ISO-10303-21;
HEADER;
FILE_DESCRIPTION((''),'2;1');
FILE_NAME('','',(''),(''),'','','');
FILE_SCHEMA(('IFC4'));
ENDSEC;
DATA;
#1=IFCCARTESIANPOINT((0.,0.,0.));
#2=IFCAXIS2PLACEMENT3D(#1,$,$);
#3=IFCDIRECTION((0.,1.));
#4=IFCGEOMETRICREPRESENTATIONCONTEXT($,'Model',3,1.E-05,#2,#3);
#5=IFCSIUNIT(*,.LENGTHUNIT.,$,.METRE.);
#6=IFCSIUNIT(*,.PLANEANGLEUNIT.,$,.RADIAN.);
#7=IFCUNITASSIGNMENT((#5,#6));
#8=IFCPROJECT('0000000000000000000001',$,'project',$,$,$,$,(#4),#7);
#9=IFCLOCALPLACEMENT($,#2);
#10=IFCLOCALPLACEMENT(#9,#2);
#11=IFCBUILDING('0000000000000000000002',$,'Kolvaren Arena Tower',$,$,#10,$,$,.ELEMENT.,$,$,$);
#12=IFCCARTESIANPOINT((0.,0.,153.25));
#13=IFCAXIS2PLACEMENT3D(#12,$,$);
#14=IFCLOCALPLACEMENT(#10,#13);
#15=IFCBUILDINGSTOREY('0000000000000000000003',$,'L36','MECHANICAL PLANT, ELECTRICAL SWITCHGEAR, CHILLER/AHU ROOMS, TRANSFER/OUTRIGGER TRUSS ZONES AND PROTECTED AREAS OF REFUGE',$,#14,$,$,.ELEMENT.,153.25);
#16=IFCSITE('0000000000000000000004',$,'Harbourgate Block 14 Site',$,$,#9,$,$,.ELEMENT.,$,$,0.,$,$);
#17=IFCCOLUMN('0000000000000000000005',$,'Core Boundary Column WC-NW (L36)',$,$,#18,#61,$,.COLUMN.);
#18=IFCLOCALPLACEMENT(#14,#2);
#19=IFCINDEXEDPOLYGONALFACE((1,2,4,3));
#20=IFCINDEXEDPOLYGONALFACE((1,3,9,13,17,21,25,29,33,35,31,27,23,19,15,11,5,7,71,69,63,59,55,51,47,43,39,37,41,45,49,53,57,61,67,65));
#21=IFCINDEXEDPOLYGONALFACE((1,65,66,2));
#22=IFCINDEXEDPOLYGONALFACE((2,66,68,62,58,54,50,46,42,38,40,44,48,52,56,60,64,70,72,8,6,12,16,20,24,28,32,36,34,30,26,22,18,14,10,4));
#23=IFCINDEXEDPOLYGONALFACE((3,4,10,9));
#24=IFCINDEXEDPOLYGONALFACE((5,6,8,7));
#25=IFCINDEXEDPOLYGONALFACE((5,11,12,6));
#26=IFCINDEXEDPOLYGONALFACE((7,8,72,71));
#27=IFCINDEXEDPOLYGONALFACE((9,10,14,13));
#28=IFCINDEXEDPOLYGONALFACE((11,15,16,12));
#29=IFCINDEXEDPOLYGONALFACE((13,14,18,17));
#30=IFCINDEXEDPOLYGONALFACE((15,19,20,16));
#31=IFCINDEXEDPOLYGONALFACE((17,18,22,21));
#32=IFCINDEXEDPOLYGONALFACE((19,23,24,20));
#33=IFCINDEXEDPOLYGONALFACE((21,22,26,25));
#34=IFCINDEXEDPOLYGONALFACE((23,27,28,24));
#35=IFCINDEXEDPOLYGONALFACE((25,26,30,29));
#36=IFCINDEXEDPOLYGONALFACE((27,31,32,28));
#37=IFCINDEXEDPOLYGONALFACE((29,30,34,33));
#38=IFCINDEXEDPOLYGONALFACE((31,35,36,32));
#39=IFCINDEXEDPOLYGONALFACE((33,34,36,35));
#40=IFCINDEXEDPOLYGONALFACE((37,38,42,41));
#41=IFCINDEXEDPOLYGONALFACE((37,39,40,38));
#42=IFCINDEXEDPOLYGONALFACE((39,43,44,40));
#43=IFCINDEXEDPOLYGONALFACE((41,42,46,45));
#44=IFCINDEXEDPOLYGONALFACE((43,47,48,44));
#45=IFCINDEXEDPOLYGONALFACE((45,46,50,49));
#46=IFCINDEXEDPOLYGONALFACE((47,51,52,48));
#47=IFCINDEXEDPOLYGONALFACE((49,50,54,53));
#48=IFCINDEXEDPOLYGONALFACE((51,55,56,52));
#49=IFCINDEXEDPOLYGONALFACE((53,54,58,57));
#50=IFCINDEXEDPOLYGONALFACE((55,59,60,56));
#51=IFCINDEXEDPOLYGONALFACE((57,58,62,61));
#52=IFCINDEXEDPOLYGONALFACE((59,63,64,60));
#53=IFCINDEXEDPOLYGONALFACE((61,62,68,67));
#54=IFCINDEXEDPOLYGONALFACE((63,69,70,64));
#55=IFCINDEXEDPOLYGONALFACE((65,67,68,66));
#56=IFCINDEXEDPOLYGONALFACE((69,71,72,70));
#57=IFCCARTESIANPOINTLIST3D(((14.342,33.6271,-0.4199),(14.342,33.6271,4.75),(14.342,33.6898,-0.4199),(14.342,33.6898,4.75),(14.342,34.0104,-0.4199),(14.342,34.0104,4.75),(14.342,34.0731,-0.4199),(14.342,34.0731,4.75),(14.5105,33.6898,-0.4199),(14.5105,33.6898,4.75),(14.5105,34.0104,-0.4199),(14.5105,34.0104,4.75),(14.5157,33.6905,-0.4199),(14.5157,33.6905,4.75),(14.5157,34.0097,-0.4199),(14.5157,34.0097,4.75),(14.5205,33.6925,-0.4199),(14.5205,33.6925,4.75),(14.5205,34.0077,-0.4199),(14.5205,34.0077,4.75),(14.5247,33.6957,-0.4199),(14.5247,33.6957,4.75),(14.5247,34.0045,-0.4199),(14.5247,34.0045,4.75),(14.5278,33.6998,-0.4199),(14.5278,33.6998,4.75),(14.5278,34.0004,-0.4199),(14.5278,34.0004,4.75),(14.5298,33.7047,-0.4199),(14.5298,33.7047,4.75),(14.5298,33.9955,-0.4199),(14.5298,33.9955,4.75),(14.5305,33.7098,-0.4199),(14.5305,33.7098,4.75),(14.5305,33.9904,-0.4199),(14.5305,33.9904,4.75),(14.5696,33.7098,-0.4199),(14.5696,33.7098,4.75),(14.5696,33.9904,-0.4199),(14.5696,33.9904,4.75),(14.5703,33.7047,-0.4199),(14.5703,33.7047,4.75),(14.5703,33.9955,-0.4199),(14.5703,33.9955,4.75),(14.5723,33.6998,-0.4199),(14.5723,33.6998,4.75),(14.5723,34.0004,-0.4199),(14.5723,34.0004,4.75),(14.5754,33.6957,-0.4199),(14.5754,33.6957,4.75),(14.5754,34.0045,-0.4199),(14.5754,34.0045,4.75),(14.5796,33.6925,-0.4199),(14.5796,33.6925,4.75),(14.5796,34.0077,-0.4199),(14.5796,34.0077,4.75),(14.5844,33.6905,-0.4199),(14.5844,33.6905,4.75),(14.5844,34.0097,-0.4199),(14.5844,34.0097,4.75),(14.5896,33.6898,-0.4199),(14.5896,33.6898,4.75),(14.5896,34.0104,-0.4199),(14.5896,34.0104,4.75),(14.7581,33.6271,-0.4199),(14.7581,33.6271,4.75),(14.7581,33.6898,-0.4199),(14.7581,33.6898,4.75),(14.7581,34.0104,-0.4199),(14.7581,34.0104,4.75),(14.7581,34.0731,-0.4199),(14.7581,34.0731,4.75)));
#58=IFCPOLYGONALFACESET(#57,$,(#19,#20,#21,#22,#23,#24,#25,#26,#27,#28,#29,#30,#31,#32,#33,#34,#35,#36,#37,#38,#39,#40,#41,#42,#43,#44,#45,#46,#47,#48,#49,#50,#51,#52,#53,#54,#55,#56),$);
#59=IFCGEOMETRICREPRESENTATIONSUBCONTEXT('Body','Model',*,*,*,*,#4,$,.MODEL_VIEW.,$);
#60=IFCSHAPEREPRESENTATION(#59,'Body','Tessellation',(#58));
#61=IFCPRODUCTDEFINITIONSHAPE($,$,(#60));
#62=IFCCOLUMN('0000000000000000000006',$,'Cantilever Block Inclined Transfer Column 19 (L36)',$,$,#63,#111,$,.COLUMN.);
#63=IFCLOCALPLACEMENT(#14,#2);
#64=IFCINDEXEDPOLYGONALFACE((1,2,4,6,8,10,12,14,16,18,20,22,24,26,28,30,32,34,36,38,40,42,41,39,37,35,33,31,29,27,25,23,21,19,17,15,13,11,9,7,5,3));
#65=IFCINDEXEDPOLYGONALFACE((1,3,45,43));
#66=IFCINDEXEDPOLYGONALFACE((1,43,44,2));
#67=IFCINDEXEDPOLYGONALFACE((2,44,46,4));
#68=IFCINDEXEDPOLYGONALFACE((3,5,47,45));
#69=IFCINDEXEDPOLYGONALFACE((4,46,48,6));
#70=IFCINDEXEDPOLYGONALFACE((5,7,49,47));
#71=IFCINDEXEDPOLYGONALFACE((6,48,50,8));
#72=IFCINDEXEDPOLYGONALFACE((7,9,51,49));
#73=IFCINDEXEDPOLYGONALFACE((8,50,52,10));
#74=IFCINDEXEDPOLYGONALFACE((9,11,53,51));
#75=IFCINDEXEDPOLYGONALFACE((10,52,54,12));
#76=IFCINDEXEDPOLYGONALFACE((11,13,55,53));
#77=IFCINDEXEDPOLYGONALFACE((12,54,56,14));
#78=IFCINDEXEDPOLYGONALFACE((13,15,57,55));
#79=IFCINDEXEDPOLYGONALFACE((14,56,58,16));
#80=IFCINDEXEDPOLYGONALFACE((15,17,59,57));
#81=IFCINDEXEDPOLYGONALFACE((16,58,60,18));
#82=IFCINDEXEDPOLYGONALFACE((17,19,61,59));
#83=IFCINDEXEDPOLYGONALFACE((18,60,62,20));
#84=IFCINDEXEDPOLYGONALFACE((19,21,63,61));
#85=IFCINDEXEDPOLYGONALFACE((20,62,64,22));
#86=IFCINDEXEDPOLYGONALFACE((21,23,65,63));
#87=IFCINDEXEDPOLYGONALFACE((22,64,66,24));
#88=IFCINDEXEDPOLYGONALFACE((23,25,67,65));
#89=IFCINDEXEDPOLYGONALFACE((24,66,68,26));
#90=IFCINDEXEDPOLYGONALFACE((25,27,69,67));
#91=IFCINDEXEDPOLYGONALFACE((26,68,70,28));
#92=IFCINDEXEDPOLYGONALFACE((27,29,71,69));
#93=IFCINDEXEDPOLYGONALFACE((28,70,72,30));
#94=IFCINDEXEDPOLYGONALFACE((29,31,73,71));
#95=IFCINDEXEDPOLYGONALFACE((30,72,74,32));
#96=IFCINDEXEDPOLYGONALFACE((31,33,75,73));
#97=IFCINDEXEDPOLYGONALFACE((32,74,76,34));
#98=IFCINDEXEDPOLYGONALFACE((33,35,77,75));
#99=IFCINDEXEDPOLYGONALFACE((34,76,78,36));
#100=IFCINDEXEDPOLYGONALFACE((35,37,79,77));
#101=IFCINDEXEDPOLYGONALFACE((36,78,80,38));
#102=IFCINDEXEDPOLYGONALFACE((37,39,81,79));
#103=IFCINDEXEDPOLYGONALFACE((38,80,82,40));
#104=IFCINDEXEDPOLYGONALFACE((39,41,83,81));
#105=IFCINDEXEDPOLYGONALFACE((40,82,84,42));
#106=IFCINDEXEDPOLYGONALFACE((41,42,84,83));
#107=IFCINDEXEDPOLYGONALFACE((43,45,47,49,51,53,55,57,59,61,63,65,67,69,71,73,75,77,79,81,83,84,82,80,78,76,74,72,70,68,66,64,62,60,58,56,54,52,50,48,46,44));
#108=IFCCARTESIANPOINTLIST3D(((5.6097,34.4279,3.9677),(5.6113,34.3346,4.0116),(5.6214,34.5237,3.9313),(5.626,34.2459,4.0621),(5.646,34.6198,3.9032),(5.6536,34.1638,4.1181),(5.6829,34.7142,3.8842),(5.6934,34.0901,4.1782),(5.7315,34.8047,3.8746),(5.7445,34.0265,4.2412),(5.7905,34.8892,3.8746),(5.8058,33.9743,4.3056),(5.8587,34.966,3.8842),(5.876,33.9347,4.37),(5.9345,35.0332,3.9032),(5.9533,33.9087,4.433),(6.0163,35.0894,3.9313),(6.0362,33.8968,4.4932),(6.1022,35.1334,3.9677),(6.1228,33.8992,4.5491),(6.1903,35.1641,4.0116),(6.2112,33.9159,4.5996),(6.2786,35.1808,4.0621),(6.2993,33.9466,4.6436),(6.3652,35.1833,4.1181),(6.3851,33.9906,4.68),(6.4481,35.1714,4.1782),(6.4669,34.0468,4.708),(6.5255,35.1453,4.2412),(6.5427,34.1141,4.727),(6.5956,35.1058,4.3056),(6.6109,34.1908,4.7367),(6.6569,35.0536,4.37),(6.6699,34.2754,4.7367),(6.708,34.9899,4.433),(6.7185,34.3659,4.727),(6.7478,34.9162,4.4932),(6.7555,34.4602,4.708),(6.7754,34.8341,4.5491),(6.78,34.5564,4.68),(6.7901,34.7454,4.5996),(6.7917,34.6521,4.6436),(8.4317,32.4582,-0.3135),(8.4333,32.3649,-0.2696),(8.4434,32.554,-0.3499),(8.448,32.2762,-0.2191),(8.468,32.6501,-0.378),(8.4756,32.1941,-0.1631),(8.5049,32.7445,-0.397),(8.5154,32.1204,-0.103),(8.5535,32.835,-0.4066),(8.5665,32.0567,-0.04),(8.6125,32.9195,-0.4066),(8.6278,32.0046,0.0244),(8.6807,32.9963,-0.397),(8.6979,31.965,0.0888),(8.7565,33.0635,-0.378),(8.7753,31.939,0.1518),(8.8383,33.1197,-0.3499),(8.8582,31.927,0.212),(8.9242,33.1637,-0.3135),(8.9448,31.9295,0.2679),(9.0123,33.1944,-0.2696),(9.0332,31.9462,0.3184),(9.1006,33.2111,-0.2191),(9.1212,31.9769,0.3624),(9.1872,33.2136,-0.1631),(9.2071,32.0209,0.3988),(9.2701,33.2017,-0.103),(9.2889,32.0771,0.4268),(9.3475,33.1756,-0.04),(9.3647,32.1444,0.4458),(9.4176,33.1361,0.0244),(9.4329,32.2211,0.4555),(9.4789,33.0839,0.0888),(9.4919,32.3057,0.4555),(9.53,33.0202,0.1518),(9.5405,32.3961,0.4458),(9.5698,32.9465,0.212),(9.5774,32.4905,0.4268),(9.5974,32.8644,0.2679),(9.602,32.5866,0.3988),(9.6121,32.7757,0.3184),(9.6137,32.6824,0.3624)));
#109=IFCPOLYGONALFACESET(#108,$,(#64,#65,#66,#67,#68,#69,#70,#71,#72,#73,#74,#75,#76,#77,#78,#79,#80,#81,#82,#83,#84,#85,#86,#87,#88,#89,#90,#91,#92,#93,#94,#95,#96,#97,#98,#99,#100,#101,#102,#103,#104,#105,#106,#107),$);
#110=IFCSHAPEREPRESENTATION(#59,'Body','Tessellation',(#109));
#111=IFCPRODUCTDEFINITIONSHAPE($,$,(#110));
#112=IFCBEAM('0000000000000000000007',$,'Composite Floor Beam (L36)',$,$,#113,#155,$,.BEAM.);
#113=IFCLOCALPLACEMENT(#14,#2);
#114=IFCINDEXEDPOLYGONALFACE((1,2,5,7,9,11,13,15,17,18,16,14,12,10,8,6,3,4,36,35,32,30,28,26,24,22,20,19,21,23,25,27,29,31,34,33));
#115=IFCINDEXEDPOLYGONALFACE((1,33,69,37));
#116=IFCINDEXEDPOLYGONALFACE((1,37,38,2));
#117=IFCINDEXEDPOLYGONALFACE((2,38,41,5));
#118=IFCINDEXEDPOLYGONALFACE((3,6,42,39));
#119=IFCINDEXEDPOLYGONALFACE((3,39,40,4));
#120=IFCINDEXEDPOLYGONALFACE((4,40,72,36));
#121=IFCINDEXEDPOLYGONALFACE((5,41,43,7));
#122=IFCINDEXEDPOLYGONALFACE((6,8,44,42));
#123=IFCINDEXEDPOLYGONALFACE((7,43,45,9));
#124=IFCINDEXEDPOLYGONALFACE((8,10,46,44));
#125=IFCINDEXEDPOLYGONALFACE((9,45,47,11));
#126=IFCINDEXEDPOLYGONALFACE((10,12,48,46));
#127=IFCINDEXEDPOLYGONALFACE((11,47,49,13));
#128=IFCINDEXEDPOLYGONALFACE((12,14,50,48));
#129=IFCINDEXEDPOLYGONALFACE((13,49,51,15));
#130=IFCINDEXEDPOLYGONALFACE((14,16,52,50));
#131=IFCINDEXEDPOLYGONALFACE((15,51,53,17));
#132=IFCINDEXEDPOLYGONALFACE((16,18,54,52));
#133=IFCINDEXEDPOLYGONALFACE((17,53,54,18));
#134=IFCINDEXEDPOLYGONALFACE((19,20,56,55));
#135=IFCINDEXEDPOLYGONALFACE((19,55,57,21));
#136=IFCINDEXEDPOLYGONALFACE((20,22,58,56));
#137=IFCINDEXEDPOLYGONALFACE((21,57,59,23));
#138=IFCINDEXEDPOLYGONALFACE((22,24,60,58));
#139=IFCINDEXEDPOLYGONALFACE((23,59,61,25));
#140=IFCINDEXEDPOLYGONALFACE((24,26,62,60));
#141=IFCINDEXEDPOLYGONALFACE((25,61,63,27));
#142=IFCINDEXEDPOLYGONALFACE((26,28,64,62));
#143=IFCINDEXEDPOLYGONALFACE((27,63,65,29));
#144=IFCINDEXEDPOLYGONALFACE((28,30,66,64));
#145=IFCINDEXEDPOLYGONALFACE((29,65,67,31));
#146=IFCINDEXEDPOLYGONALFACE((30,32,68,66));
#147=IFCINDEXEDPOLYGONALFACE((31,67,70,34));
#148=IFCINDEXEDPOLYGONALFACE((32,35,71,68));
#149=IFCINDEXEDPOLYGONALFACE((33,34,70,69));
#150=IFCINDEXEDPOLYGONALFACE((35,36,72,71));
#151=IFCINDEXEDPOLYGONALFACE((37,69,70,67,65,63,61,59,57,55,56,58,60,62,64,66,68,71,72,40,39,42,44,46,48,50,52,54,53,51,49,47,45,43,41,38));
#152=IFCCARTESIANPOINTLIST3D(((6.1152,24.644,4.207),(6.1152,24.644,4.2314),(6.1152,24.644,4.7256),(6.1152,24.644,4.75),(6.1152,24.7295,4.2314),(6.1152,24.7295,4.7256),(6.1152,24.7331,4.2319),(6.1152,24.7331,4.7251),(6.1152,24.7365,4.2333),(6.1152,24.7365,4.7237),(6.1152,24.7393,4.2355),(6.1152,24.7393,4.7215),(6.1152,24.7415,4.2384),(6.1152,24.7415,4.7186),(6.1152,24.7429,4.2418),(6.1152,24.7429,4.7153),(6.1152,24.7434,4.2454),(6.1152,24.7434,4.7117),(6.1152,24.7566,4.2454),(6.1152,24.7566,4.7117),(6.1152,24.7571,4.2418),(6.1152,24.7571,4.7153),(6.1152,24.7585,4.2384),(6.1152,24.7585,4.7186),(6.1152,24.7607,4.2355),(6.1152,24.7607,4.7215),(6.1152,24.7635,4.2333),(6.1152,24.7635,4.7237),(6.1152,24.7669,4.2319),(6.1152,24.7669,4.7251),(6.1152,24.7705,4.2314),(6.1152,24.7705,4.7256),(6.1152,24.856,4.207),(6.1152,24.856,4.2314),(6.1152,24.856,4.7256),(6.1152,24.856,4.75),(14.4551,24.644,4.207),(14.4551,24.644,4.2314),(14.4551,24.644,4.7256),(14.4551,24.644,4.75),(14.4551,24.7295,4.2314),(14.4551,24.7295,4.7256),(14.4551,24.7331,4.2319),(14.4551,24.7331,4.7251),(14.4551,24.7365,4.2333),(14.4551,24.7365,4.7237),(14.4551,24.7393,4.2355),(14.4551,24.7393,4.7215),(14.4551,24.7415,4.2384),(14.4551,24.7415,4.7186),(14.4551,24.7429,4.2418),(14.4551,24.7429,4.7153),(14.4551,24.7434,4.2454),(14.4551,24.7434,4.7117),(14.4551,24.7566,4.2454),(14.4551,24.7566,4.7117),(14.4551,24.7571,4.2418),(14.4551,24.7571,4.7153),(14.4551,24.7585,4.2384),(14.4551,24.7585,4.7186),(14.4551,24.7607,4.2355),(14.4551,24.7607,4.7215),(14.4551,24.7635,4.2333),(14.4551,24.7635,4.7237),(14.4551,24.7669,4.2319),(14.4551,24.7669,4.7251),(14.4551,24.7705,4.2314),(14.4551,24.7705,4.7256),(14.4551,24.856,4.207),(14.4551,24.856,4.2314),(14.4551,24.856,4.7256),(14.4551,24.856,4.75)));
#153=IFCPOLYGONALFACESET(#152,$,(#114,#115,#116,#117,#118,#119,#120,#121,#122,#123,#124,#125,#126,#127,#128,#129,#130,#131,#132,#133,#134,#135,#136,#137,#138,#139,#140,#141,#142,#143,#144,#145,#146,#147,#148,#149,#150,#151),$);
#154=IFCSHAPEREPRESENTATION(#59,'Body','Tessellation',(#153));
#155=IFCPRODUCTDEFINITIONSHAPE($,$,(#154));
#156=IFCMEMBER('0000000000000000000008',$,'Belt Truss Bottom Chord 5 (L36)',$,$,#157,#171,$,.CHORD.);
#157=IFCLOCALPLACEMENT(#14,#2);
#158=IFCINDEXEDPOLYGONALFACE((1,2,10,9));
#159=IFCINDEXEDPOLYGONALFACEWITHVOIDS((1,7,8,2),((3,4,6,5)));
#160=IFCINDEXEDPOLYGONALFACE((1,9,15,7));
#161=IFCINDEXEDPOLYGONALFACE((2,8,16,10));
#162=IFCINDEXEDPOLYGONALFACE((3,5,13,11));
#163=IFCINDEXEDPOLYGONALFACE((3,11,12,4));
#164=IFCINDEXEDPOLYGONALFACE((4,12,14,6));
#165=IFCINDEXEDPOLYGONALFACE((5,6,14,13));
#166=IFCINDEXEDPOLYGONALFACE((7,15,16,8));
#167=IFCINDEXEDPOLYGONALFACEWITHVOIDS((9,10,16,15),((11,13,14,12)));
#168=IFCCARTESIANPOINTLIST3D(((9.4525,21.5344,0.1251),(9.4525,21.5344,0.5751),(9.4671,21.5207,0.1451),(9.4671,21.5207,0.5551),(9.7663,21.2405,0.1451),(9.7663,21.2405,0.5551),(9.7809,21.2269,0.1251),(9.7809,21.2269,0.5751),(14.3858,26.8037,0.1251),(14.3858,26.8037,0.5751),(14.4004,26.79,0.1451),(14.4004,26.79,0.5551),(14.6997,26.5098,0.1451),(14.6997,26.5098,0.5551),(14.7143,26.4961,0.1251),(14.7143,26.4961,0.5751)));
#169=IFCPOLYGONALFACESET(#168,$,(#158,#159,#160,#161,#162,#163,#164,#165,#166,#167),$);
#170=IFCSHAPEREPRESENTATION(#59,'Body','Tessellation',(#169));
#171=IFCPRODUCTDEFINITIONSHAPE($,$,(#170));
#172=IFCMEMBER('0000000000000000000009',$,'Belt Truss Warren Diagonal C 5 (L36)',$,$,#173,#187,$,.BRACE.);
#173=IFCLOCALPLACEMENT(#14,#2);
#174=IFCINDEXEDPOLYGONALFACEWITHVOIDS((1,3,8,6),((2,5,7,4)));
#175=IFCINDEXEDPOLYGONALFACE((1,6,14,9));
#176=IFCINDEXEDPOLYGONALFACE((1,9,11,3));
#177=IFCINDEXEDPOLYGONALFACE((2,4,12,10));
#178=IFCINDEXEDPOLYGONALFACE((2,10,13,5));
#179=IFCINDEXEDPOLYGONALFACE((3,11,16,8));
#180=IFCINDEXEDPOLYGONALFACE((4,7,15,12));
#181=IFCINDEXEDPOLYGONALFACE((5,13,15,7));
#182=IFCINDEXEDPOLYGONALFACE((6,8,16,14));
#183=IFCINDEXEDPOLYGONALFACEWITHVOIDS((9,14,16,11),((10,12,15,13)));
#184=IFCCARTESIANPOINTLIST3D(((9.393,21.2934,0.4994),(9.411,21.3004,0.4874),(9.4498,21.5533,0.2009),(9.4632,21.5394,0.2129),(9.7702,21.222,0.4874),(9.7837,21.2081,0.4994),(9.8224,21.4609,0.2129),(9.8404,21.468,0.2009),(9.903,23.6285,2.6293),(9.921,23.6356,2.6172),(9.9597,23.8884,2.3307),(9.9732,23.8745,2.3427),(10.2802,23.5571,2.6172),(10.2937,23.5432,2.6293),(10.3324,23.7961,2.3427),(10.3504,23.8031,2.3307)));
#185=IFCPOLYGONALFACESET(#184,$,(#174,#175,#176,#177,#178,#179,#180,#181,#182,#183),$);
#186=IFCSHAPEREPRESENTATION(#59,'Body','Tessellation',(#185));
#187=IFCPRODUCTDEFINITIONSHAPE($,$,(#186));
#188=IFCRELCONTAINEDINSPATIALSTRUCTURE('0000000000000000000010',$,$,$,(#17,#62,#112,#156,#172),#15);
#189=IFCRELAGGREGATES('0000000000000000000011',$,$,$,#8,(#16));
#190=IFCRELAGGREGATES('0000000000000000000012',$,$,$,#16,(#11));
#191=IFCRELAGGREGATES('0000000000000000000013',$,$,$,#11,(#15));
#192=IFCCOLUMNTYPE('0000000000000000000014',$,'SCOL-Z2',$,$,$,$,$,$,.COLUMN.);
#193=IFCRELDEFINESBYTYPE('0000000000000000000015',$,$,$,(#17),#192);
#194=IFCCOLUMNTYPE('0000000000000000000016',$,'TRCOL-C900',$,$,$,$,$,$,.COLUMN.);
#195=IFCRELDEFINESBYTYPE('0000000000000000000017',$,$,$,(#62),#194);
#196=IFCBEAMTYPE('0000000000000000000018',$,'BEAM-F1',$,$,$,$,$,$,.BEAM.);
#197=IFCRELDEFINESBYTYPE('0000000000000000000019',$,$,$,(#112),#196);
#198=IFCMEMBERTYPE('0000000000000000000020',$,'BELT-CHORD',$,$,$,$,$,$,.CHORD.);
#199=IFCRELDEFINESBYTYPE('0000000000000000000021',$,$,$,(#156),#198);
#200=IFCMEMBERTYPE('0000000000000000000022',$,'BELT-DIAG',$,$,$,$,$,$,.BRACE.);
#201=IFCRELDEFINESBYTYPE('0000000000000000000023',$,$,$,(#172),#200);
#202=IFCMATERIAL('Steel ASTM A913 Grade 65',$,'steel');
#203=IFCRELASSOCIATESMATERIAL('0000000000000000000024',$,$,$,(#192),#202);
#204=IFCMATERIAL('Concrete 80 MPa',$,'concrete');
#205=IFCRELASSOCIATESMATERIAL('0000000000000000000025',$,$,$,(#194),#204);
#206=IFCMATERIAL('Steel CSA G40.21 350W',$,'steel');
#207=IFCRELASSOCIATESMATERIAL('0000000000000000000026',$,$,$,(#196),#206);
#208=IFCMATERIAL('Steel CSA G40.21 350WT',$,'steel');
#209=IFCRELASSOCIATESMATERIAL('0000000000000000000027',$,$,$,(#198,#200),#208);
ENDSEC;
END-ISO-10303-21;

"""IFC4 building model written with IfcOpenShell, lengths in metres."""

from ifc_helpers import new_model, si_unit, direction, frame, origin, origin_2d, place, context, subcontext, project, spatial, hollow_rectangle, circle, i_section, extrude, material, material_profile, profile_set, type_object, element, save


model = new_model("IFC4")

# Units and contexts
model_context = context("Model", 3, precision=1e-05, world=origin(), true_north=direction((0.0, 1.0)))
body_context = subcontext(model_context, "Body", "Model", "MODEL_VIEW")
ifc_project = project(units=[si_unit("LENGTHUNIT", "METRE"), si_unit("PLANEANGLEUNIT", "RADIAN")], contexts=[model_context])

# Site, building, storey
site_placement = place(None, origin())
site = spatial("IfcSite", under=ifc_project, at=site_placement, Name="Harbourgate Block 14 Site", CompositionType="ELEMENT", RefElevation=0.0)
building_placement = place(site_placement, origin())
building = spatial("IfcBuilding", under=site, at=building_placement, Name="Kolvaren Arena Tower", CompositionType="ELEMENT")
storey_placement = place(building_placement, frame((0.0, 0.0, 153.25)))
storey = spatial("IfcBuildingStorey", under=building, at=storey_placement, Name="L36", Description="MECHANICAL PLANT, ELECTRICAL SWITCHGEAR, CHILLER/AHU ROOMS, TRANSFER/OUTRIGGER TRUSS ZONES AND PROTECTED AREAS OF REFUGE", CompositionType="ELEMENT", Elevation=153.25)

# Columns
ifc_material_1 = material(Name="Steel ASTM A913 Grade 65", Category="steel")
ifc_material_profile_1 = material_profile(ifc_material_1, i_section(OverallWidth=0.416, OverallDepth=0.446, WebThickness=0.0391, FlangeThickness=0.0627, FilletRadius=0.02, at=origin_2d()), Name="W360x509")
ifc_profile_set_1 = profile_set([ifc_material_profile_1], Name="Steel ASTM A913 Grade 65")
column_type_1 = type_object("IfcColumnType", Name="SCOL-Z2", PredefinedType="COLUMN", material=ifc_profile_set_1)
column_1_placement = place(storey_placement, frame((14.55, 33.8501, -0.4199), z_axis=(0.0, 0.0, 1.0), x_axis=(1.0, 0.0, 0.0)))
element("IfcColumn", 1, at=column_1_placement, inside=storey, type_object=column_type_1, Name="Core Boundary Column WC-NW (L36)", PredefinedType="COLUMN", context=body_context, shape_type="SweptSolid", body=[
    extrude(i_section(OverallWidth=0.416, OverallDepth=0.446, WebThickness=0.0391, FlangeThickness=0.0627, FilletRadius=0.02, at=origin_2d()), origin(), (0.0, 0.0, 1.0), 5.1699),
])
ifc_material_2 = material(Name="Concrete 80 MPa", Category="concrete")
ifc_material_profile_2 = material_profile(ifc_material_2, circle(Radius=0.6899, at=origin_2d()), Name="RC-CIRC-1380")
ifc_profile_set_2 = profile_set([ifc_material_profile_2], Name="Concrete 80 MPa")
column_type_2 = type_object("IfcColumnType", Name="TRCOL-C900", PredefinedType="COLUMN", material=ifc_profile_set_2)
column_2_placement = place(storey_placement, frame((9.0227, 32.5703, 0.0244), z_axis=(-0.513751, 0.35859, 0.779405), x_axis=(-0.572352, -0.820008, 0.0)))
element("IfcColumn", 2, at=column_2_placement, inside=storey, type_object=column_type_2, Name="Cantilever Block Inclined Transfer Column 19 (L36)", PredefinedType="COLUMN", context=body_context, shape_type="SweptSolid", body=[
    extrude(circle(Radius=0.6899, at=origin_2d()), origin(), (0.0, 0.0, 1.0), 5.4929),
])

# Beam
ifc_material_3 = material(Name="Steel CSA G40.21 350W", Category="steel")
ifc_material_profile_3 = material_profile(ifc_material_3, i_section(OverallWidth=0.2119, OverallDepth=0.543, WebThickness=0.0132, FlangeThickness=0.0244, FilletRadius=0.0139, at=origin_2d()), Name="W530x150")
ifc_profile_set_3 = profile_set([ifc_material_profile_3], Name="Steel CSA G40.21 350W")
beam_type_1 = type_object("IfcBeamType", Name="BEAM-F1", PredefinedType="BEAM", material=ifc_profile_set_3)
beam_1_placement = place(storey_placement, frame((6.1152, 24.75, 4.4785), z_axis=(1.0, 0.0, 0.0), x_axis=(0.0, 1.0, 0.0)))
element("IfcBeam", 3, at=beam_1_placement, inside=storey, type_object=beam_type_1, Name="Composite Floor Beam (L36)", PredefinedType="BEAM", context=body_context, shape_type="SweptSolid", body=[
    extrude(i_section(OverallWidth=0.2119, OverallDepth=0.543, WebThickness=0.0132, FlangeThickness=0.0244, FilletRadius=0.0139, at=origin_2d()), origin(), (0.0, 0.0, 1.0), 8.3398),
])

# Members
ifc_material_4 = material(Name="Steel CSA G40.21 350WT", Category="steel")
ifc_material_profile_4 = material_profile(ifc_material_4, hollow_rectangle(XDim=0.45, YDim=0.45, WallThickness=0.02, at=origin_2d()), Name="HSS 450x450x20")
ifc_profile_set_4 = profile_set([ifc_material_profile_4], Name="Steel CSA G40.21 350WT")
member_type_1 = type_object("IfcMemberType", Name="BELT-CHORD", PredefinedType="CHORD", material=ifc_profile_set_4)
member_1_placement = place(storey_placement, frame((14.55, 26.6499, 0.3501), z_axis=(-0.683454, -0.729994, 0.0), x_axis=(0.729994, -0.683454, 0.0)))
element("IfcMember", 4, at=member_1_placement, inside=storey, type_object=member_type_1, Name="Belt Truss Bottom Chord 5 (L36)", PredefinedType="CHORD", context=body_context, shape_type="SweptSolid", body=[
    extrude(hollow_rectangle(XDim=0.45, YDim=0.45, WallThickness=0.02, at=origin_2d()), origin(), (0.0, 0.0, 1.0), 7.2183),
])
ifc_material_profile_5 = material_profile(ifc_material_4, hollow_rectangle(XDim=0.3999, YDim=0.3999, WallThickness=0.0161, at=origin_2d()), Name="HSS 400x400x16")
ifc_profile_set_5 = profile_set([ifc_material_profile_5], Name="Steel CSA G40.21 350WT")
member_type_2 = type_object("IfcMemberType", Name="BELT-DIAG", PredefinedType="BRACE", material=ifc_profile_set_5)
member_2_placement = place(storey_placement, frame((10.1267, 23.7158, 2.48), z_axis=(-0.159303, -0.729406, -0.665274), x_axis=(0.976971, -0.213371, 0.0)))
element("IfcMember", 5, at=member_2_placement, inside=storey, type_object=member_type_2, Name="Belt Truss Warren Diagonal C 5 (L36)", PredefinedType="BRACE", context=body_context, shape_type="SweptSolid", body=[
    extrude(hollow_rectangle(XDim=0.3999, YDim=0.3999, WallThickness=0.0161, at=origin_2d()), origin(), (0.0, 0.0, 1.0), 3.2014),
])

save(model, "model.ifc")
